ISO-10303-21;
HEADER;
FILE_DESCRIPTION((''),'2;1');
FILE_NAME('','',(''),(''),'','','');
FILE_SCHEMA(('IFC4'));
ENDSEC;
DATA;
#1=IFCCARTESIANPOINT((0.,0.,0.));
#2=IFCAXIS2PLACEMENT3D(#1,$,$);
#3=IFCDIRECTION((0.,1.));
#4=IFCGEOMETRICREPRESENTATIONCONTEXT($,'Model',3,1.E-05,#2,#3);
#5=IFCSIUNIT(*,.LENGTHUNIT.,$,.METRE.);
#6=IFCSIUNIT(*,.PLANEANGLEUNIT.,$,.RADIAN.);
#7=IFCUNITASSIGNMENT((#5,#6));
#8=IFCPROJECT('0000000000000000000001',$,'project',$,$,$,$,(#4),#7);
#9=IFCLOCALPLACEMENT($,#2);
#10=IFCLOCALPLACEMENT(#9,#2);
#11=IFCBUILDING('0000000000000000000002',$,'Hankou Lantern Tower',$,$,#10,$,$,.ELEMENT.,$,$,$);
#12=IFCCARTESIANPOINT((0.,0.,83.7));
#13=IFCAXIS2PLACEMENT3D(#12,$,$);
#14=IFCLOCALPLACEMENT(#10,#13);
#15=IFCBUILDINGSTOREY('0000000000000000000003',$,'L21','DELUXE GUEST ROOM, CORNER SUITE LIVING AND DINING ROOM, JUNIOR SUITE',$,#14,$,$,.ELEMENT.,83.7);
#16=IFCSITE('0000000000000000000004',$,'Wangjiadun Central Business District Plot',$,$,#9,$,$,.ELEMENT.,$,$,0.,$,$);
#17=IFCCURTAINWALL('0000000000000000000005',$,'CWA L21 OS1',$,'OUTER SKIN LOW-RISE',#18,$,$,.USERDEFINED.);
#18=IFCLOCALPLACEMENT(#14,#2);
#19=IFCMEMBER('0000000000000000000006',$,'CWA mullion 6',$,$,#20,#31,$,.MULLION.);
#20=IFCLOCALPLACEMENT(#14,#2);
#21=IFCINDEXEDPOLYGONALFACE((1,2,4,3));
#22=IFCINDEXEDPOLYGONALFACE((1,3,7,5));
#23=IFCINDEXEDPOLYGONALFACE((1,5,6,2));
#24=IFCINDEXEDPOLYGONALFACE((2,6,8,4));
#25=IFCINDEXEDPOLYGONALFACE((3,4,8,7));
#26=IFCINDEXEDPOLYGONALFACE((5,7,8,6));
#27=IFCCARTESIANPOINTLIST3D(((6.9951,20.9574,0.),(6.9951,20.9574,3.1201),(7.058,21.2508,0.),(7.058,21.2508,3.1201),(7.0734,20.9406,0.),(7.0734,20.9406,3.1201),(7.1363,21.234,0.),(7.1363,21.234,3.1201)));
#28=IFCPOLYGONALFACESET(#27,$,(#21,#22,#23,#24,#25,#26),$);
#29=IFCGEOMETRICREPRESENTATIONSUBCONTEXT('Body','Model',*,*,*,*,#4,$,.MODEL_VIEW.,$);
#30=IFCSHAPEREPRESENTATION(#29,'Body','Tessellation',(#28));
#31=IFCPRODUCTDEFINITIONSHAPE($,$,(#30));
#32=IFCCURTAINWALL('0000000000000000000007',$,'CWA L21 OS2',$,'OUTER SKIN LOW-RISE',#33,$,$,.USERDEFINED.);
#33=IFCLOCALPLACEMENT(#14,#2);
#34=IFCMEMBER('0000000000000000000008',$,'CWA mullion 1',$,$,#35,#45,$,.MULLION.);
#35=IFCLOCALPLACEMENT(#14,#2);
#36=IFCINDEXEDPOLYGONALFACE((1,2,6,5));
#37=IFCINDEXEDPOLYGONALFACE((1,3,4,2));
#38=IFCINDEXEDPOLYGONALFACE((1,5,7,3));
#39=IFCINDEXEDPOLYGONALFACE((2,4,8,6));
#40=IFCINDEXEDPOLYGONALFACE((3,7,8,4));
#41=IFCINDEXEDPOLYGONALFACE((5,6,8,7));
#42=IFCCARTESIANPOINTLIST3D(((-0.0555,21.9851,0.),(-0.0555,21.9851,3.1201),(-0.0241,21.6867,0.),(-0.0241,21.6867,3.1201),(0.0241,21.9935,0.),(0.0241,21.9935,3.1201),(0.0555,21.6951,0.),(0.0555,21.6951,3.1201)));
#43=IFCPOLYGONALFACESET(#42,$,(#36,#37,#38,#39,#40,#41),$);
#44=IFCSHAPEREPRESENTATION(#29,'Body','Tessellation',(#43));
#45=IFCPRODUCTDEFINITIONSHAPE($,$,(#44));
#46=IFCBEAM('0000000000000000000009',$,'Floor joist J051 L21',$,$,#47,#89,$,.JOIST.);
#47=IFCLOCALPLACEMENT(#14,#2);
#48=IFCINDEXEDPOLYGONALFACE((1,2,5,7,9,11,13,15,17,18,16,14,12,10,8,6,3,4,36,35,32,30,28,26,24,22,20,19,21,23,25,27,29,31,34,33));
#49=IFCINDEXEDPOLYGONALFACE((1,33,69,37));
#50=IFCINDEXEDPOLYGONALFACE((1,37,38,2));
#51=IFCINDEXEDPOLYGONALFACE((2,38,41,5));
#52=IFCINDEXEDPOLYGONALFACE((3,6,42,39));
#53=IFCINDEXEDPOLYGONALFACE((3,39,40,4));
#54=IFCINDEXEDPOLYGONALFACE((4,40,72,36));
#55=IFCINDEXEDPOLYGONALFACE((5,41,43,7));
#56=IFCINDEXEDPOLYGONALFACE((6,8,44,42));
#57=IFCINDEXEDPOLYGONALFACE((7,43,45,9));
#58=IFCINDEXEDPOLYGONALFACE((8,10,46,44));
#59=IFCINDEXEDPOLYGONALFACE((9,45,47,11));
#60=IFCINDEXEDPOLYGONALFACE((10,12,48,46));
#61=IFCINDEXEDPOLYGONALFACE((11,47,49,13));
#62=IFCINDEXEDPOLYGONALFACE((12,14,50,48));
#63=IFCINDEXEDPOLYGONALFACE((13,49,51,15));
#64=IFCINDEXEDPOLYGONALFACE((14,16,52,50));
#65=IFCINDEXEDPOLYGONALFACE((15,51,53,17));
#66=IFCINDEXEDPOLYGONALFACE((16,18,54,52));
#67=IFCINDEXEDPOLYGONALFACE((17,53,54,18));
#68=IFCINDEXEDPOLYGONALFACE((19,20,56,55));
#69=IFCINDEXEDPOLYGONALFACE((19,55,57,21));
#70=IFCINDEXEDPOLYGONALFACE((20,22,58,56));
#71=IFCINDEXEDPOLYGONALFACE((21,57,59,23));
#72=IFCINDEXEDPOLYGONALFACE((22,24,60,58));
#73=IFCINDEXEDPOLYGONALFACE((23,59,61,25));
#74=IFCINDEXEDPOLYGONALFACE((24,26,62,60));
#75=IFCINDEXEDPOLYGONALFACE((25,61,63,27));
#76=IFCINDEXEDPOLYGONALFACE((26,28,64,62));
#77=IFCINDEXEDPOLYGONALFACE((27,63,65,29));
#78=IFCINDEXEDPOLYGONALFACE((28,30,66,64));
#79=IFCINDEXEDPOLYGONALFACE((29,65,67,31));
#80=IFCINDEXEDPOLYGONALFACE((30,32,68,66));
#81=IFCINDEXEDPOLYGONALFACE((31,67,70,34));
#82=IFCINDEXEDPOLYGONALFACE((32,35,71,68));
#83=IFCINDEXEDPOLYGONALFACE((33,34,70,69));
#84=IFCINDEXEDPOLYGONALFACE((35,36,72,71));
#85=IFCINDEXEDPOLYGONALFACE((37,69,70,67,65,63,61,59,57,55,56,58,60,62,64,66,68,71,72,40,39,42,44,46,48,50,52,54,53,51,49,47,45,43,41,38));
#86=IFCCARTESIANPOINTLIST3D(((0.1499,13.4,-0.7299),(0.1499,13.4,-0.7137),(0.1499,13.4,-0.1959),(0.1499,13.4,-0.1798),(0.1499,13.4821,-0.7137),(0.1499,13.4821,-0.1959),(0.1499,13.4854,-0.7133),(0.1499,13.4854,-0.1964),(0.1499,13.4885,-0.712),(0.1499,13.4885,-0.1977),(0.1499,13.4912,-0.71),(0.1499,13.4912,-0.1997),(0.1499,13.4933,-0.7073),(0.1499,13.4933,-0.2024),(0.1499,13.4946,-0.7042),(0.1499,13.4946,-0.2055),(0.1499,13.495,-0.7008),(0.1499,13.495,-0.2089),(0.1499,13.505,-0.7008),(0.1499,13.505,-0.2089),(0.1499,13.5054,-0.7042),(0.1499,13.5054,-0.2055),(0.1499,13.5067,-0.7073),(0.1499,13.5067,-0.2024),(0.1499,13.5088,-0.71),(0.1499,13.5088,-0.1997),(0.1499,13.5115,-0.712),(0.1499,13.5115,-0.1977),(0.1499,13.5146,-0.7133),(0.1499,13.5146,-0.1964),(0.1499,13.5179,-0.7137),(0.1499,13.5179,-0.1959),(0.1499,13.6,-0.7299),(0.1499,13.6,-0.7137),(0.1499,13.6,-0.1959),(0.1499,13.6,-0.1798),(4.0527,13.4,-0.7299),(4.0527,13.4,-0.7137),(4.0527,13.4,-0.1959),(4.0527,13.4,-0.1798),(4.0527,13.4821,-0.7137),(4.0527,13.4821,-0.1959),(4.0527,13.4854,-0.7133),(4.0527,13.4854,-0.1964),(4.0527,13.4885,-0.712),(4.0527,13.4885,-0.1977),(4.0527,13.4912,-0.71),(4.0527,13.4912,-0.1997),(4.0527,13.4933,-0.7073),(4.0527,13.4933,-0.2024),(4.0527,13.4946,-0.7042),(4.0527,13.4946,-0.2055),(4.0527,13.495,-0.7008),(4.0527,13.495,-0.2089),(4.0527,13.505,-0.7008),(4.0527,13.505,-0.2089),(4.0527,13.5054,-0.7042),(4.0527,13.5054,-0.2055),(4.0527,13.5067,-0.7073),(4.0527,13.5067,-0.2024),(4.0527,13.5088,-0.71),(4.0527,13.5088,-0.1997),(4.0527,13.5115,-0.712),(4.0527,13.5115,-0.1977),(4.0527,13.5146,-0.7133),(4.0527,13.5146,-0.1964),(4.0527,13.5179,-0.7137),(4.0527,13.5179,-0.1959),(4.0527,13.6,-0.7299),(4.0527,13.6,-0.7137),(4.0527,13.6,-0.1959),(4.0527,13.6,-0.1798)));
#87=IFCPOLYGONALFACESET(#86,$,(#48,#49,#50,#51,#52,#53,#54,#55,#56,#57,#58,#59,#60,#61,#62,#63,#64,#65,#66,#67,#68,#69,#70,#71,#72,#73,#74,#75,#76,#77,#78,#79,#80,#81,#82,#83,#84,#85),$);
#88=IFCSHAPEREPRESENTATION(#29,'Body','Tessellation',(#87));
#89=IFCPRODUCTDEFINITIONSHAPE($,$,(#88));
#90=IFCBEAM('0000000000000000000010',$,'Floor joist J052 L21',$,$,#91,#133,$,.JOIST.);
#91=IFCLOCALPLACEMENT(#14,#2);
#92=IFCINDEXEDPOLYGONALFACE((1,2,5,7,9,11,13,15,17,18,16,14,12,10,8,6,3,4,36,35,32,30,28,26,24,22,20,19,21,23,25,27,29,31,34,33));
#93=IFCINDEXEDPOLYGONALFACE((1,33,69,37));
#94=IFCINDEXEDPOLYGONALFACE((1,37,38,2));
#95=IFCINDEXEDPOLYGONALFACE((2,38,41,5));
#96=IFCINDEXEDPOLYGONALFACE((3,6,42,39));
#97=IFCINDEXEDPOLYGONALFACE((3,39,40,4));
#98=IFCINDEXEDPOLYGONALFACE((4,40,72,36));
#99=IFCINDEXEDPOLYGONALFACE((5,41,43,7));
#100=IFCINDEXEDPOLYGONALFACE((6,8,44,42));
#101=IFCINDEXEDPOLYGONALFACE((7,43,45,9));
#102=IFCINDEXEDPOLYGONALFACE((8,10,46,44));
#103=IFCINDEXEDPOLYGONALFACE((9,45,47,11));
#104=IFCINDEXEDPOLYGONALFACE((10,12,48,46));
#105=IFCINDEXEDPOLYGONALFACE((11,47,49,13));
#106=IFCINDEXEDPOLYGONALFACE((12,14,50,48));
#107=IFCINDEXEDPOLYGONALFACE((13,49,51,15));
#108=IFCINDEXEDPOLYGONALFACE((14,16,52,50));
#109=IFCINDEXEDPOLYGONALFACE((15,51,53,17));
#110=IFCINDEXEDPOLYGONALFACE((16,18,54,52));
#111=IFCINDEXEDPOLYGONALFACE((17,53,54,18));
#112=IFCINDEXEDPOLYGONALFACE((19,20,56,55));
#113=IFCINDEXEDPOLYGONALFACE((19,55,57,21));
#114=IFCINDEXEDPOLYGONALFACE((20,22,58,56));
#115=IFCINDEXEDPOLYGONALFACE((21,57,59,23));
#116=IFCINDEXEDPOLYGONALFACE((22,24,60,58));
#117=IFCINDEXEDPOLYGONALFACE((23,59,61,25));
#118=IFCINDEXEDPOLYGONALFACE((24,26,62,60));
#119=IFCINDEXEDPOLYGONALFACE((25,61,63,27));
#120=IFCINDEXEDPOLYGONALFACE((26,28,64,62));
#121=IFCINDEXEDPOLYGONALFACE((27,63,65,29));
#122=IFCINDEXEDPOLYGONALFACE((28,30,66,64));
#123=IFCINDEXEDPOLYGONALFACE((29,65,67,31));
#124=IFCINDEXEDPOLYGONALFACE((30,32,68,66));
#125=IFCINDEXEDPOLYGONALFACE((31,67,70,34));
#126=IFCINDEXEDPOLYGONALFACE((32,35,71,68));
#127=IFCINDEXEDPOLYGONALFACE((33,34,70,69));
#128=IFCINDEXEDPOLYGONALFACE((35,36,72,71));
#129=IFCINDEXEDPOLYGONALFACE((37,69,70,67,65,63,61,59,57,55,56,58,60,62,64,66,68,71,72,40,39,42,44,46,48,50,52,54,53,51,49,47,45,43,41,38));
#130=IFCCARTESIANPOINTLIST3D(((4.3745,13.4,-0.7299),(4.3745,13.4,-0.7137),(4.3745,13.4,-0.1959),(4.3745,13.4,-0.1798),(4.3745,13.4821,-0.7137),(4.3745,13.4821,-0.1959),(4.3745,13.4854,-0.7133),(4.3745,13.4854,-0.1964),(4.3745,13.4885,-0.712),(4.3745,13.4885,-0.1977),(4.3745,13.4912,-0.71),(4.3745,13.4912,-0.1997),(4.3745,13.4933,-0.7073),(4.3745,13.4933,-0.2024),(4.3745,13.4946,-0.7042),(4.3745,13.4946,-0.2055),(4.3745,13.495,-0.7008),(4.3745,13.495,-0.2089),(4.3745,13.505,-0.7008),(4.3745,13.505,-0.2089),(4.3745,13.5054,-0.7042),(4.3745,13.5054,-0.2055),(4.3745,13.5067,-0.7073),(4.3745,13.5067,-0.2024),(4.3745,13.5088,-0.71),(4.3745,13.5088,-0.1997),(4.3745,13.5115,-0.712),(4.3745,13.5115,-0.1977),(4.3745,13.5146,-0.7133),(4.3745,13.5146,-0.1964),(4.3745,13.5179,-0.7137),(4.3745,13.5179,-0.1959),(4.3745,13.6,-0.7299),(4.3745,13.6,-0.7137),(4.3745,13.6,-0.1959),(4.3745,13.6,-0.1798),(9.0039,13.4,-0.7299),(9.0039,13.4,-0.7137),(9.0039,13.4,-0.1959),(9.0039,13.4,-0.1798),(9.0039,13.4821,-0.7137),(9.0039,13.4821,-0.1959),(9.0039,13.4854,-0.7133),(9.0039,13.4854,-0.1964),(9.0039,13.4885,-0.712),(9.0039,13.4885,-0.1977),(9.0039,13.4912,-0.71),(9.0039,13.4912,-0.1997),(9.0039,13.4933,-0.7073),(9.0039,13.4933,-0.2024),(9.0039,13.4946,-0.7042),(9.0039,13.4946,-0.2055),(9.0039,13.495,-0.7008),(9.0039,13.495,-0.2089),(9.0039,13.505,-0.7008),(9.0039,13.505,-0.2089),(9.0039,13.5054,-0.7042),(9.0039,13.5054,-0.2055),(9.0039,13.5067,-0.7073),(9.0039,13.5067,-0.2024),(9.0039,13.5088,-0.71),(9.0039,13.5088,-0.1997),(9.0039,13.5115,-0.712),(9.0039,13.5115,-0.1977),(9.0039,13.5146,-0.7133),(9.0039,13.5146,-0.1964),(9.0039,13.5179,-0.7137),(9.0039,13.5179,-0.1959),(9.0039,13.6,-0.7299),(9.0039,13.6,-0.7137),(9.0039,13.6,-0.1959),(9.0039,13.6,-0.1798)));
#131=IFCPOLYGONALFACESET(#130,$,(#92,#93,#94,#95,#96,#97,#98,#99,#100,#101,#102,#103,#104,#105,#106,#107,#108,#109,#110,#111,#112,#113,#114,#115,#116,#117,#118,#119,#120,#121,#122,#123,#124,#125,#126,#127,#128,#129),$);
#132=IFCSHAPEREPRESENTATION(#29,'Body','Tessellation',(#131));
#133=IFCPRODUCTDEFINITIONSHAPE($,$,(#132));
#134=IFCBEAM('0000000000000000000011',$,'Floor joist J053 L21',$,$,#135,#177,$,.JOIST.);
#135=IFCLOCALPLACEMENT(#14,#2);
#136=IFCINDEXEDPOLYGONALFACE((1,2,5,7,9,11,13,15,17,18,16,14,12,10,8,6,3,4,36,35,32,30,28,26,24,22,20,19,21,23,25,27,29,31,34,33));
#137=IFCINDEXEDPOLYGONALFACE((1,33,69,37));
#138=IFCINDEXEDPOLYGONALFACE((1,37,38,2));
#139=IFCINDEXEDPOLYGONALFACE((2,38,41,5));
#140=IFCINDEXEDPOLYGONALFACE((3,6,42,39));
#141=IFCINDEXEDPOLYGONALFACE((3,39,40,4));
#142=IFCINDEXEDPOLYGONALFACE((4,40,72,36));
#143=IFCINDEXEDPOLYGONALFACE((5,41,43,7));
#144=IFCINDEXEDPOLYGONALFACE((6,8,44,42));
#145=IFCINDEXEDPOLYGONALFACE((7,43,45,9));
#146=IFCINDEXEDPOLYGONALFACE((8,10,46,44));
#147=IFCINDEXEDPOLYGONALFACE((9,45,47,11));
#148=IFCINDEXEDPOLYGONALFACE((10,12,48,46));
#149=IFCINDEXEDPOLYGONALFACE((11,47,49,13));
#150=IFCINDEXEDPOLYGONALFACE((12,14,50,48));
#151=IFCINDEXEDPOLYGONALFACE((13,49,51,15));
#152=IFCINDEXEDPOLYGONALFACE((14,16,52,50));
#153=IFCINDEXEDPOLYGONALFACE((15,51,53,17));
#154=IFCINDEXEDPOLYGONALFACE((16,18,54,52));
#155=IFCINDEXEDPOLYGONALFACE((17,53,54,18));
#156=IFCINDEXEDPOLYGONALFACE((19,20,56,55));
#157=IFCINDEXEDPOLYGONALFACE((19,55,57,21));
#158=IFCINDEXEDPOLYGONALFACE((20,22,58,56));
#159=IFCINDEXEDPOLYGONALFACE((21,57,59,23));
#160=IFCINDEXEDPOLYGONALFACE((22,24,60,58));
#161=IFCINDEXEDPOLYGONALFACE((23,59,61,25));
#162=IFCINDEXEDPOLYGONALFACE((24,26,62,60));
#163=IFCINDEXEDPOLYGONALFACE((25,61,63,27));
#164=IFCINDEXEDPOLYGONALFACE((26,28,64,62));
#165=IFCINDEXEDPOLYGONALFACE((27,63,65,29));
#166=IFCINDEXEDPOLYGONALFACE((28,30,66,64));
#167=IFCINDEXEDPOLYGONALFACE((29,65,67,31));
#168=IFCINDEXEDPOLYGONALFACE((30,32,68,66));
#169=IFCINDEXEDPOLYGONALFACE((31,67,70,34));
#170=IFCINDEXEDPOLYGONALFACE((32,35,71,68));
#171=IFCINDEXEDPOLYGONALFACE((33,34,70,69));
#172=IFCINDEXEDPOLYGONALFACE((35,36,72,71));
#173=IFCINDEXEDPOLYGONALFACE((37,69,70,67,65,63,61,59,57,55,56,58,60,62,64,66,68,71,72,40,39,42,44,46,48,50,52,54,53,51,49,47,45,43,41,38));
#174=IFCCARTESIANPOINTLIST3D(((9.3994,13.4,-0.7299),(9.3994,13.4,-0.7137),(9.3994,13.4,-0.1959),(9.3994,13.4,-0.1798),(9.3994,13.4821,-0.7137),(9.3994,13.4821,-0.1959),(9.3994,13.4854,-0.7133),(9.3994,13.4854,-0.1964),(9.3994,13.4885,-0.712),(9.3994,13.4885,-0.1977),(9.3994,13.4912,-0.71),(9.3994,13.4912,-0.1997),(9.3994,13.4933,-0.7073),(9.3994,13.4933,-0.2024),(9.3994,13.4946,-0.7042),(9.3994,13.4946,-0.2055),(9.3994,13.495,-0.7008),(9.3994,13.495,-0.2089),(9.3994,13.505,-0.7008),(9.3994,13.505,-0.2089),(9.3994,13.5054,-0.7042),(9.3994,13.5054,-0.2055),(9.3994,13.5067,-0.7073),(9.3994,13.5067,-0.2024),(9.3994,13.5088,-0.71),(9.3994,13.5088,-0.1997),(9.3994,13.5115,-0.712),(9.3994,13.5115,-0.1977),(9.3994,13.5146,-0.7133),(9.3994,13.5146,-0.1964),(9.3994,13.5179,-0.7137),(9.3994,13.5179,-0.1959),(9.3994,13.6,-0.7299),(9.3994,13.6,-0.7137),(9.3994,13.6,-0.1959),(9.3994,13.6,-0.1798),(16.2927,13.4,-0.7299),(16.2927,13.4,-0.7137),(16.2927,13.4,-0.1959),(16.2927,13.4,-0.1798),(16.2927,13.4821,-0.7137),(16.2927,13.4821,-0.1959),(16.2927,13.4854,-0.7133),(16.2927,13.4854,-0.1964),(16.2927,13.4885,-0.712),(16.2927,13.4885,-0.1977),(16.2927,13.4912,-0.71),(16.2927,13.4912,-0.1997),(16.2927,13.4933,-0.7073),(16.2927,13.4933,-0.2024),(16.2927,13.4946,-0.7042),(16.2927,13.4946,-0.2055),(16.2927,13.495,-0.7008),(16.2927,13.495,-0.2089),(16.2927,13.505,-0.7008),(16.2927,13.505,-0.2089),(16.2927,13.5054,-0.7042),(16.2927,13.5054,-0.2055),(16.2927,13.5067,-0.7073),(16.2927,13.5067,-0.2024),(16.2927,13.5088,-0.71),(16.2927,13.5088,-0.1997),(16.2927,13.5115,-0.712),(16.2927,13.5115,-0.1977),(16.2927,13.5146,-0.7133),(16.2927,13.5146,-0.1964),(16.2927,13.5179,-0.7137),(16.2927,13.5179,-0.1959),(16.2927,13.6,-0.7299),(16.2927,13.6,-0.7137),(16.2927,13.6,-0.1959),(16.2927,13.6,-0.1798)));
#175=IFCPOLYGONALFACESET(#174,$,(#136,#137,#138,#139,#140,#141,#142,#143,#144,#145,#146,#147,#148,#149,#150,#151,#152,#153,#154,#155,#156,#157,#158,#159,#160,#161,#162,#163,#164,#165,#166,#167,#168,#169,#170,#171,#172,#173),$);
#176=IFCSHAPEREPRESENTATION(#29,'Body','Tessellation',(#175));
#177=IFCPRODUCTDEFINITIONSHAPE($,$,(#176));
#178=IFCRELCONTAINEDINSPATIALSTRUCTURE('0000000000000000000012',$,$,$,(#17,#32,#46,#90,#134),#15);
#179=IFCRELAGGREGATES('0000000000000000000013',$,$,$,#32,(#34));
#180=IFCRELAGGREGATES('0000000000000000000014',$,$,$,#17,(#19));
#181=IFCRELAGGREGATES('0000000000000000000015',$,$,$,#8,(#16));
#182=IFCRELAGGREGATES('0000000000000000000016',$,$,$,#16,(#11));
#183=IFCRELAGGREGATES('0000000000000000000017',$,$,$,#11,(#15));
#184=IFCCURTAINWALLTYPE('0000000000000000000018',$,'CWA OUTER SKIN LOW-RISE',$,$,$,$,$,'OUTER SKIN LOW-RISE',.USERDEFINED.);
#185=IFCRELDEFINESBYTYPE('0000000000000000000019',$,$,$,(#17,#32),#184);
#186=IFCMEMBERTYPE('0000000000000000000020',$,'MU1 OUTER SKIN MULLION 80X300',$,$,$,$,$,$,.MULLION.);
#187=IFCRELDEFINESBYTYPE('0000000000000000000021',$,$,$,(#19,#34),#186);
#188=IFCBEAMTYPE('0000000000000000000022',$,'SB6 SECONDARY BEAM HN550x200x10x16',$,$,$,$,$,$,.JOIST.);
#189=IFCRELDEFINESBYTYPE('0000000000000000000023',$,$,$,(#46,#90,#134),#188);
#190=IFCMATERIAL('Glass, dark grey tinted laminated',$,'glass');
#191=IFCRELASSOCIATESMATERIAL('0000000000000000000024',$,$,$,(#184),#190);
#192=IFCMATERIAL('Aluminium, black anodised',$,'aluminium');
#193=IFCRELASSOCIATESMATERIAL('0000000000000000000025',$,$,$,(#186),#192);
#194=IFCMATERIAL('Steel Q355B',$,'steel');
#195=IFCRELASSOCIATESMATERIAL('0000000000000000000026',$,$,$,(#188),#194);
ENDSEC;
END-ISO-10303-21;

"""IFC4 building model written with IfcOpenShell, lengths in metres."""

from ifc_helpers import new_model, si_unit, direction, frame, origin, origin_2d, place, context, subcontext, project, spatial, rectangle, i_section, extrude, material, material_profile, profile_set, type_object, element, aggregate, save


model = new_model("IFC4")

# Units and contexts
model_context = context("Model", 3, precision=1e-05, world=origin(), true_north=direction((0.0, 1.0)))
body_context = subcontext(model_context, "Body", "Model", "MODEL_VIEW")
ifc_project = project(units=[si_unit("LENGTHUNIT", "METRE"), si_unit("PLANEANGLEUNIT", "RADIAN")], contexts=[model_context])

# Site, building, storey
site_placement = place(None, origin())
site = spatial("IfcSite", under=ifc_project, at=site_placement, Name="Wangjiadun Central Business District Plot", CompositionType="ELEMENT", RefElevation=0.0)
building_placement = place(site_placement, origin())
building = spatial("IfcBuilding", under=site, at=building_placement, Name="Hankou Lantern Tower", CompositionType="ELEMENT")
storey_placement = place(building_placement, frame((0.0, 0.0, 83.7)))
storey = spatial("IfcBuildingStorey", under=building, at=storey_placement, Name="L21", Description="DELUXE GUEST ROOM, CORNER SUITE LIVING AND DINING ROOM, JUNIOR SUITE", CompositionType="ELEMENT", Elevation=83.7)

# Curtain walls, members
ifc_material_1 = material(Name="Glass, dark grey tinted laminated", Category="glass")
curtain_wall_type = type_object("IfcCurtainWallType", Name="CWA OUTER SKIN LOW-RISE", ElementType="OUTER SKIN LOW-RISE", PredefinedType="USERDEFINED", material=ifc_material_1)
curtain_wall_1_placement = place(storey_placement, origin())
curtain_wall_1 = element("IfcCurtainWall", 1, at=curtain_wall_1_placement, inside=storey, type_object=curtain_wall_type, Name="CWA L21 OS1", ObjectType="OUTER SKIN LOW-RISE", PredefinedType="USERDEFINED")
ifc_material_2 = material(Name="Aluminium, black anodised", Category="aluminium")
ifc_material_profile_1 = material_profile(ifc_material_2, rectangle(XDim=0.0801, YDim=0.3, at=origin_2d()), Name="MU1 80X300")
ifc_profile_set_1 = profile_set([ifc_material_profile_1], Name="Aluminium, black anodised")
member_type_1 = type_object("IfcMemberType", Name="MU1 OUTER SKIN MULLION 80X300", PredefinedType="MULLION", material=ifc_profile_set_1)
member_1_placement = place(storey_placement, frame((7.0657, 21.0957, 0.0), z_axis=(0.0, 0.0, 1.0), x_axis=(-0.977788, 0.209598, 0.0)))
member_1 = element("IfcMember", 2, at=member_1_placement, type_object=member_type_1, Name="CWA mullion 6", PredefinedType="MULLION", context=body_context, shape_type="SweptSolid", body=[
    extrude(rectangle(XDim=0.0801, YDim=0.3, at=origin_2d()), origin(), (0.0, 0.0, 1.0), 3.1201),
])
curtain_wall_2_placement = place(storey_placement, origin())
curtain_wall_2 = element("IfcCurtainWall", 3, at=curtain_wall_2_placement, inside=storey, type_object=curtain_wall_type, Name="CWA L21 OS2", ObjectType="OUTER SKIN LOW-RISE", PredefinedType="USERDEFINED")
member_2_placement = place(storey_placement, frame((0.0, 21.8401, 0.0), z_axis=(0.0, 0.0, 1.0), x_axis=(-0.994499, -0.104743, 0.0)))
member_2 = element("IfcMember", 4, at=member_2_placement, type_object=member_type_1, Name="CWA mullion 1", PredefinedType="MULLION", context=body_context, shape_type="SweptSolid", body=[
    extrude(rectangle(XDim=0.0801, YDim=0.3, at=origin_2d()), origin(), (0.0, 0.0, 1.0), 3.1201),
])
aggregate(curtain_wall_2, [member_2])

# Beams
ifc_material_3 = material(Name="Steel Q355B", Category="steel")
ifc_material_profile_2 = material_profile(ifc_material_3, i_section(OverallWidth=0.2, OverallDepth=0.55, WebThickness=0.01, FlangeThickness=0.0161, FilletRadius=0.0129, at=origin_2d()), Name="HN550x200x10x16")
ifc_profile_set_2 = profile_set([ifc_material_profile_2], Name="Steel Q355B")
beam_type_1 = type_object("IfcBeamType", Name="SB6 SECONDARY BEAM HN550x200x10x16", PredefinedType="JOIST", material=ifc_profile_set_2)
beam_1_placement = place(storey_placement, frame((0.1499, 13.5, -0.4548), z_axis=(1.0, 0.0, 0.0), x_axis=(0.0, 1.0, 0.0)))
element("IfcBeam", 5, at=beam_1_placement, inside=storey, type_object=beam_type_1, Name="Floor joist J051 L21", PredefinedType="JOIST", context=body_context, shape_type="SweptSolid", body=[
    extrude(i_section(OverallWidth=0.2, OverallDepth=0.55, WebThickness=0.01, FlangeThickness=0.0161, FilletRadius=0.0129, at=origin_2d()), origin(), (0.0, 0.0, 1.0), 3.9028),
])
beam_2_placement = place(storey_placement, frame((4.3745, 13.5, -0.4548), z_axis=(1.0, 0.0, 0.0), x_axis=(0.0, 1.0, 0.0)))
element("IfcBeam", 6, at=beam_2_placement, inside=storey, type_object=beam_type_1, Name="Floor joist J052 L21", PredefinedType="JOIST", context=body_context, shape_type="SweptSolid", body=[
    extrude(i_section(OverallWidth=0.2, OverallDepth=0.55, WebThickness=0.01, FlangeThickness=0.0161, FilletRadius=0.0129, at=origin_2d()), origin(), (0.0, 0.0, 1.0), 4.6294),
])
beam_3_placement = place(storey_placement, frame((9.3994, 13.5, -0.4548), z_axis=(1.0, 0.0, 0.0), x_axis=(0.0, 1.0, 0.0)))
element("IfcBeam", 7, at=beam_3_placement, inside=storey, type_object=beam_type_1, Name="Floor joist J053 L21", PredefinedType="JOIST", context=body_context, shape_type="SweptSolid", body=[
    extrude(i_section(OverallWidth=0.2, OverallDepth=0.55, WebThickness=0.01, FlangeThickness=0.0161, FilletRadius=0.0129, at=origin_2d()), origin(), (0.0, 0.0, 1.0), 6.8933),
])

aggregate(curtain_wall_1, [member_1])

save(model, "model.ifc")
